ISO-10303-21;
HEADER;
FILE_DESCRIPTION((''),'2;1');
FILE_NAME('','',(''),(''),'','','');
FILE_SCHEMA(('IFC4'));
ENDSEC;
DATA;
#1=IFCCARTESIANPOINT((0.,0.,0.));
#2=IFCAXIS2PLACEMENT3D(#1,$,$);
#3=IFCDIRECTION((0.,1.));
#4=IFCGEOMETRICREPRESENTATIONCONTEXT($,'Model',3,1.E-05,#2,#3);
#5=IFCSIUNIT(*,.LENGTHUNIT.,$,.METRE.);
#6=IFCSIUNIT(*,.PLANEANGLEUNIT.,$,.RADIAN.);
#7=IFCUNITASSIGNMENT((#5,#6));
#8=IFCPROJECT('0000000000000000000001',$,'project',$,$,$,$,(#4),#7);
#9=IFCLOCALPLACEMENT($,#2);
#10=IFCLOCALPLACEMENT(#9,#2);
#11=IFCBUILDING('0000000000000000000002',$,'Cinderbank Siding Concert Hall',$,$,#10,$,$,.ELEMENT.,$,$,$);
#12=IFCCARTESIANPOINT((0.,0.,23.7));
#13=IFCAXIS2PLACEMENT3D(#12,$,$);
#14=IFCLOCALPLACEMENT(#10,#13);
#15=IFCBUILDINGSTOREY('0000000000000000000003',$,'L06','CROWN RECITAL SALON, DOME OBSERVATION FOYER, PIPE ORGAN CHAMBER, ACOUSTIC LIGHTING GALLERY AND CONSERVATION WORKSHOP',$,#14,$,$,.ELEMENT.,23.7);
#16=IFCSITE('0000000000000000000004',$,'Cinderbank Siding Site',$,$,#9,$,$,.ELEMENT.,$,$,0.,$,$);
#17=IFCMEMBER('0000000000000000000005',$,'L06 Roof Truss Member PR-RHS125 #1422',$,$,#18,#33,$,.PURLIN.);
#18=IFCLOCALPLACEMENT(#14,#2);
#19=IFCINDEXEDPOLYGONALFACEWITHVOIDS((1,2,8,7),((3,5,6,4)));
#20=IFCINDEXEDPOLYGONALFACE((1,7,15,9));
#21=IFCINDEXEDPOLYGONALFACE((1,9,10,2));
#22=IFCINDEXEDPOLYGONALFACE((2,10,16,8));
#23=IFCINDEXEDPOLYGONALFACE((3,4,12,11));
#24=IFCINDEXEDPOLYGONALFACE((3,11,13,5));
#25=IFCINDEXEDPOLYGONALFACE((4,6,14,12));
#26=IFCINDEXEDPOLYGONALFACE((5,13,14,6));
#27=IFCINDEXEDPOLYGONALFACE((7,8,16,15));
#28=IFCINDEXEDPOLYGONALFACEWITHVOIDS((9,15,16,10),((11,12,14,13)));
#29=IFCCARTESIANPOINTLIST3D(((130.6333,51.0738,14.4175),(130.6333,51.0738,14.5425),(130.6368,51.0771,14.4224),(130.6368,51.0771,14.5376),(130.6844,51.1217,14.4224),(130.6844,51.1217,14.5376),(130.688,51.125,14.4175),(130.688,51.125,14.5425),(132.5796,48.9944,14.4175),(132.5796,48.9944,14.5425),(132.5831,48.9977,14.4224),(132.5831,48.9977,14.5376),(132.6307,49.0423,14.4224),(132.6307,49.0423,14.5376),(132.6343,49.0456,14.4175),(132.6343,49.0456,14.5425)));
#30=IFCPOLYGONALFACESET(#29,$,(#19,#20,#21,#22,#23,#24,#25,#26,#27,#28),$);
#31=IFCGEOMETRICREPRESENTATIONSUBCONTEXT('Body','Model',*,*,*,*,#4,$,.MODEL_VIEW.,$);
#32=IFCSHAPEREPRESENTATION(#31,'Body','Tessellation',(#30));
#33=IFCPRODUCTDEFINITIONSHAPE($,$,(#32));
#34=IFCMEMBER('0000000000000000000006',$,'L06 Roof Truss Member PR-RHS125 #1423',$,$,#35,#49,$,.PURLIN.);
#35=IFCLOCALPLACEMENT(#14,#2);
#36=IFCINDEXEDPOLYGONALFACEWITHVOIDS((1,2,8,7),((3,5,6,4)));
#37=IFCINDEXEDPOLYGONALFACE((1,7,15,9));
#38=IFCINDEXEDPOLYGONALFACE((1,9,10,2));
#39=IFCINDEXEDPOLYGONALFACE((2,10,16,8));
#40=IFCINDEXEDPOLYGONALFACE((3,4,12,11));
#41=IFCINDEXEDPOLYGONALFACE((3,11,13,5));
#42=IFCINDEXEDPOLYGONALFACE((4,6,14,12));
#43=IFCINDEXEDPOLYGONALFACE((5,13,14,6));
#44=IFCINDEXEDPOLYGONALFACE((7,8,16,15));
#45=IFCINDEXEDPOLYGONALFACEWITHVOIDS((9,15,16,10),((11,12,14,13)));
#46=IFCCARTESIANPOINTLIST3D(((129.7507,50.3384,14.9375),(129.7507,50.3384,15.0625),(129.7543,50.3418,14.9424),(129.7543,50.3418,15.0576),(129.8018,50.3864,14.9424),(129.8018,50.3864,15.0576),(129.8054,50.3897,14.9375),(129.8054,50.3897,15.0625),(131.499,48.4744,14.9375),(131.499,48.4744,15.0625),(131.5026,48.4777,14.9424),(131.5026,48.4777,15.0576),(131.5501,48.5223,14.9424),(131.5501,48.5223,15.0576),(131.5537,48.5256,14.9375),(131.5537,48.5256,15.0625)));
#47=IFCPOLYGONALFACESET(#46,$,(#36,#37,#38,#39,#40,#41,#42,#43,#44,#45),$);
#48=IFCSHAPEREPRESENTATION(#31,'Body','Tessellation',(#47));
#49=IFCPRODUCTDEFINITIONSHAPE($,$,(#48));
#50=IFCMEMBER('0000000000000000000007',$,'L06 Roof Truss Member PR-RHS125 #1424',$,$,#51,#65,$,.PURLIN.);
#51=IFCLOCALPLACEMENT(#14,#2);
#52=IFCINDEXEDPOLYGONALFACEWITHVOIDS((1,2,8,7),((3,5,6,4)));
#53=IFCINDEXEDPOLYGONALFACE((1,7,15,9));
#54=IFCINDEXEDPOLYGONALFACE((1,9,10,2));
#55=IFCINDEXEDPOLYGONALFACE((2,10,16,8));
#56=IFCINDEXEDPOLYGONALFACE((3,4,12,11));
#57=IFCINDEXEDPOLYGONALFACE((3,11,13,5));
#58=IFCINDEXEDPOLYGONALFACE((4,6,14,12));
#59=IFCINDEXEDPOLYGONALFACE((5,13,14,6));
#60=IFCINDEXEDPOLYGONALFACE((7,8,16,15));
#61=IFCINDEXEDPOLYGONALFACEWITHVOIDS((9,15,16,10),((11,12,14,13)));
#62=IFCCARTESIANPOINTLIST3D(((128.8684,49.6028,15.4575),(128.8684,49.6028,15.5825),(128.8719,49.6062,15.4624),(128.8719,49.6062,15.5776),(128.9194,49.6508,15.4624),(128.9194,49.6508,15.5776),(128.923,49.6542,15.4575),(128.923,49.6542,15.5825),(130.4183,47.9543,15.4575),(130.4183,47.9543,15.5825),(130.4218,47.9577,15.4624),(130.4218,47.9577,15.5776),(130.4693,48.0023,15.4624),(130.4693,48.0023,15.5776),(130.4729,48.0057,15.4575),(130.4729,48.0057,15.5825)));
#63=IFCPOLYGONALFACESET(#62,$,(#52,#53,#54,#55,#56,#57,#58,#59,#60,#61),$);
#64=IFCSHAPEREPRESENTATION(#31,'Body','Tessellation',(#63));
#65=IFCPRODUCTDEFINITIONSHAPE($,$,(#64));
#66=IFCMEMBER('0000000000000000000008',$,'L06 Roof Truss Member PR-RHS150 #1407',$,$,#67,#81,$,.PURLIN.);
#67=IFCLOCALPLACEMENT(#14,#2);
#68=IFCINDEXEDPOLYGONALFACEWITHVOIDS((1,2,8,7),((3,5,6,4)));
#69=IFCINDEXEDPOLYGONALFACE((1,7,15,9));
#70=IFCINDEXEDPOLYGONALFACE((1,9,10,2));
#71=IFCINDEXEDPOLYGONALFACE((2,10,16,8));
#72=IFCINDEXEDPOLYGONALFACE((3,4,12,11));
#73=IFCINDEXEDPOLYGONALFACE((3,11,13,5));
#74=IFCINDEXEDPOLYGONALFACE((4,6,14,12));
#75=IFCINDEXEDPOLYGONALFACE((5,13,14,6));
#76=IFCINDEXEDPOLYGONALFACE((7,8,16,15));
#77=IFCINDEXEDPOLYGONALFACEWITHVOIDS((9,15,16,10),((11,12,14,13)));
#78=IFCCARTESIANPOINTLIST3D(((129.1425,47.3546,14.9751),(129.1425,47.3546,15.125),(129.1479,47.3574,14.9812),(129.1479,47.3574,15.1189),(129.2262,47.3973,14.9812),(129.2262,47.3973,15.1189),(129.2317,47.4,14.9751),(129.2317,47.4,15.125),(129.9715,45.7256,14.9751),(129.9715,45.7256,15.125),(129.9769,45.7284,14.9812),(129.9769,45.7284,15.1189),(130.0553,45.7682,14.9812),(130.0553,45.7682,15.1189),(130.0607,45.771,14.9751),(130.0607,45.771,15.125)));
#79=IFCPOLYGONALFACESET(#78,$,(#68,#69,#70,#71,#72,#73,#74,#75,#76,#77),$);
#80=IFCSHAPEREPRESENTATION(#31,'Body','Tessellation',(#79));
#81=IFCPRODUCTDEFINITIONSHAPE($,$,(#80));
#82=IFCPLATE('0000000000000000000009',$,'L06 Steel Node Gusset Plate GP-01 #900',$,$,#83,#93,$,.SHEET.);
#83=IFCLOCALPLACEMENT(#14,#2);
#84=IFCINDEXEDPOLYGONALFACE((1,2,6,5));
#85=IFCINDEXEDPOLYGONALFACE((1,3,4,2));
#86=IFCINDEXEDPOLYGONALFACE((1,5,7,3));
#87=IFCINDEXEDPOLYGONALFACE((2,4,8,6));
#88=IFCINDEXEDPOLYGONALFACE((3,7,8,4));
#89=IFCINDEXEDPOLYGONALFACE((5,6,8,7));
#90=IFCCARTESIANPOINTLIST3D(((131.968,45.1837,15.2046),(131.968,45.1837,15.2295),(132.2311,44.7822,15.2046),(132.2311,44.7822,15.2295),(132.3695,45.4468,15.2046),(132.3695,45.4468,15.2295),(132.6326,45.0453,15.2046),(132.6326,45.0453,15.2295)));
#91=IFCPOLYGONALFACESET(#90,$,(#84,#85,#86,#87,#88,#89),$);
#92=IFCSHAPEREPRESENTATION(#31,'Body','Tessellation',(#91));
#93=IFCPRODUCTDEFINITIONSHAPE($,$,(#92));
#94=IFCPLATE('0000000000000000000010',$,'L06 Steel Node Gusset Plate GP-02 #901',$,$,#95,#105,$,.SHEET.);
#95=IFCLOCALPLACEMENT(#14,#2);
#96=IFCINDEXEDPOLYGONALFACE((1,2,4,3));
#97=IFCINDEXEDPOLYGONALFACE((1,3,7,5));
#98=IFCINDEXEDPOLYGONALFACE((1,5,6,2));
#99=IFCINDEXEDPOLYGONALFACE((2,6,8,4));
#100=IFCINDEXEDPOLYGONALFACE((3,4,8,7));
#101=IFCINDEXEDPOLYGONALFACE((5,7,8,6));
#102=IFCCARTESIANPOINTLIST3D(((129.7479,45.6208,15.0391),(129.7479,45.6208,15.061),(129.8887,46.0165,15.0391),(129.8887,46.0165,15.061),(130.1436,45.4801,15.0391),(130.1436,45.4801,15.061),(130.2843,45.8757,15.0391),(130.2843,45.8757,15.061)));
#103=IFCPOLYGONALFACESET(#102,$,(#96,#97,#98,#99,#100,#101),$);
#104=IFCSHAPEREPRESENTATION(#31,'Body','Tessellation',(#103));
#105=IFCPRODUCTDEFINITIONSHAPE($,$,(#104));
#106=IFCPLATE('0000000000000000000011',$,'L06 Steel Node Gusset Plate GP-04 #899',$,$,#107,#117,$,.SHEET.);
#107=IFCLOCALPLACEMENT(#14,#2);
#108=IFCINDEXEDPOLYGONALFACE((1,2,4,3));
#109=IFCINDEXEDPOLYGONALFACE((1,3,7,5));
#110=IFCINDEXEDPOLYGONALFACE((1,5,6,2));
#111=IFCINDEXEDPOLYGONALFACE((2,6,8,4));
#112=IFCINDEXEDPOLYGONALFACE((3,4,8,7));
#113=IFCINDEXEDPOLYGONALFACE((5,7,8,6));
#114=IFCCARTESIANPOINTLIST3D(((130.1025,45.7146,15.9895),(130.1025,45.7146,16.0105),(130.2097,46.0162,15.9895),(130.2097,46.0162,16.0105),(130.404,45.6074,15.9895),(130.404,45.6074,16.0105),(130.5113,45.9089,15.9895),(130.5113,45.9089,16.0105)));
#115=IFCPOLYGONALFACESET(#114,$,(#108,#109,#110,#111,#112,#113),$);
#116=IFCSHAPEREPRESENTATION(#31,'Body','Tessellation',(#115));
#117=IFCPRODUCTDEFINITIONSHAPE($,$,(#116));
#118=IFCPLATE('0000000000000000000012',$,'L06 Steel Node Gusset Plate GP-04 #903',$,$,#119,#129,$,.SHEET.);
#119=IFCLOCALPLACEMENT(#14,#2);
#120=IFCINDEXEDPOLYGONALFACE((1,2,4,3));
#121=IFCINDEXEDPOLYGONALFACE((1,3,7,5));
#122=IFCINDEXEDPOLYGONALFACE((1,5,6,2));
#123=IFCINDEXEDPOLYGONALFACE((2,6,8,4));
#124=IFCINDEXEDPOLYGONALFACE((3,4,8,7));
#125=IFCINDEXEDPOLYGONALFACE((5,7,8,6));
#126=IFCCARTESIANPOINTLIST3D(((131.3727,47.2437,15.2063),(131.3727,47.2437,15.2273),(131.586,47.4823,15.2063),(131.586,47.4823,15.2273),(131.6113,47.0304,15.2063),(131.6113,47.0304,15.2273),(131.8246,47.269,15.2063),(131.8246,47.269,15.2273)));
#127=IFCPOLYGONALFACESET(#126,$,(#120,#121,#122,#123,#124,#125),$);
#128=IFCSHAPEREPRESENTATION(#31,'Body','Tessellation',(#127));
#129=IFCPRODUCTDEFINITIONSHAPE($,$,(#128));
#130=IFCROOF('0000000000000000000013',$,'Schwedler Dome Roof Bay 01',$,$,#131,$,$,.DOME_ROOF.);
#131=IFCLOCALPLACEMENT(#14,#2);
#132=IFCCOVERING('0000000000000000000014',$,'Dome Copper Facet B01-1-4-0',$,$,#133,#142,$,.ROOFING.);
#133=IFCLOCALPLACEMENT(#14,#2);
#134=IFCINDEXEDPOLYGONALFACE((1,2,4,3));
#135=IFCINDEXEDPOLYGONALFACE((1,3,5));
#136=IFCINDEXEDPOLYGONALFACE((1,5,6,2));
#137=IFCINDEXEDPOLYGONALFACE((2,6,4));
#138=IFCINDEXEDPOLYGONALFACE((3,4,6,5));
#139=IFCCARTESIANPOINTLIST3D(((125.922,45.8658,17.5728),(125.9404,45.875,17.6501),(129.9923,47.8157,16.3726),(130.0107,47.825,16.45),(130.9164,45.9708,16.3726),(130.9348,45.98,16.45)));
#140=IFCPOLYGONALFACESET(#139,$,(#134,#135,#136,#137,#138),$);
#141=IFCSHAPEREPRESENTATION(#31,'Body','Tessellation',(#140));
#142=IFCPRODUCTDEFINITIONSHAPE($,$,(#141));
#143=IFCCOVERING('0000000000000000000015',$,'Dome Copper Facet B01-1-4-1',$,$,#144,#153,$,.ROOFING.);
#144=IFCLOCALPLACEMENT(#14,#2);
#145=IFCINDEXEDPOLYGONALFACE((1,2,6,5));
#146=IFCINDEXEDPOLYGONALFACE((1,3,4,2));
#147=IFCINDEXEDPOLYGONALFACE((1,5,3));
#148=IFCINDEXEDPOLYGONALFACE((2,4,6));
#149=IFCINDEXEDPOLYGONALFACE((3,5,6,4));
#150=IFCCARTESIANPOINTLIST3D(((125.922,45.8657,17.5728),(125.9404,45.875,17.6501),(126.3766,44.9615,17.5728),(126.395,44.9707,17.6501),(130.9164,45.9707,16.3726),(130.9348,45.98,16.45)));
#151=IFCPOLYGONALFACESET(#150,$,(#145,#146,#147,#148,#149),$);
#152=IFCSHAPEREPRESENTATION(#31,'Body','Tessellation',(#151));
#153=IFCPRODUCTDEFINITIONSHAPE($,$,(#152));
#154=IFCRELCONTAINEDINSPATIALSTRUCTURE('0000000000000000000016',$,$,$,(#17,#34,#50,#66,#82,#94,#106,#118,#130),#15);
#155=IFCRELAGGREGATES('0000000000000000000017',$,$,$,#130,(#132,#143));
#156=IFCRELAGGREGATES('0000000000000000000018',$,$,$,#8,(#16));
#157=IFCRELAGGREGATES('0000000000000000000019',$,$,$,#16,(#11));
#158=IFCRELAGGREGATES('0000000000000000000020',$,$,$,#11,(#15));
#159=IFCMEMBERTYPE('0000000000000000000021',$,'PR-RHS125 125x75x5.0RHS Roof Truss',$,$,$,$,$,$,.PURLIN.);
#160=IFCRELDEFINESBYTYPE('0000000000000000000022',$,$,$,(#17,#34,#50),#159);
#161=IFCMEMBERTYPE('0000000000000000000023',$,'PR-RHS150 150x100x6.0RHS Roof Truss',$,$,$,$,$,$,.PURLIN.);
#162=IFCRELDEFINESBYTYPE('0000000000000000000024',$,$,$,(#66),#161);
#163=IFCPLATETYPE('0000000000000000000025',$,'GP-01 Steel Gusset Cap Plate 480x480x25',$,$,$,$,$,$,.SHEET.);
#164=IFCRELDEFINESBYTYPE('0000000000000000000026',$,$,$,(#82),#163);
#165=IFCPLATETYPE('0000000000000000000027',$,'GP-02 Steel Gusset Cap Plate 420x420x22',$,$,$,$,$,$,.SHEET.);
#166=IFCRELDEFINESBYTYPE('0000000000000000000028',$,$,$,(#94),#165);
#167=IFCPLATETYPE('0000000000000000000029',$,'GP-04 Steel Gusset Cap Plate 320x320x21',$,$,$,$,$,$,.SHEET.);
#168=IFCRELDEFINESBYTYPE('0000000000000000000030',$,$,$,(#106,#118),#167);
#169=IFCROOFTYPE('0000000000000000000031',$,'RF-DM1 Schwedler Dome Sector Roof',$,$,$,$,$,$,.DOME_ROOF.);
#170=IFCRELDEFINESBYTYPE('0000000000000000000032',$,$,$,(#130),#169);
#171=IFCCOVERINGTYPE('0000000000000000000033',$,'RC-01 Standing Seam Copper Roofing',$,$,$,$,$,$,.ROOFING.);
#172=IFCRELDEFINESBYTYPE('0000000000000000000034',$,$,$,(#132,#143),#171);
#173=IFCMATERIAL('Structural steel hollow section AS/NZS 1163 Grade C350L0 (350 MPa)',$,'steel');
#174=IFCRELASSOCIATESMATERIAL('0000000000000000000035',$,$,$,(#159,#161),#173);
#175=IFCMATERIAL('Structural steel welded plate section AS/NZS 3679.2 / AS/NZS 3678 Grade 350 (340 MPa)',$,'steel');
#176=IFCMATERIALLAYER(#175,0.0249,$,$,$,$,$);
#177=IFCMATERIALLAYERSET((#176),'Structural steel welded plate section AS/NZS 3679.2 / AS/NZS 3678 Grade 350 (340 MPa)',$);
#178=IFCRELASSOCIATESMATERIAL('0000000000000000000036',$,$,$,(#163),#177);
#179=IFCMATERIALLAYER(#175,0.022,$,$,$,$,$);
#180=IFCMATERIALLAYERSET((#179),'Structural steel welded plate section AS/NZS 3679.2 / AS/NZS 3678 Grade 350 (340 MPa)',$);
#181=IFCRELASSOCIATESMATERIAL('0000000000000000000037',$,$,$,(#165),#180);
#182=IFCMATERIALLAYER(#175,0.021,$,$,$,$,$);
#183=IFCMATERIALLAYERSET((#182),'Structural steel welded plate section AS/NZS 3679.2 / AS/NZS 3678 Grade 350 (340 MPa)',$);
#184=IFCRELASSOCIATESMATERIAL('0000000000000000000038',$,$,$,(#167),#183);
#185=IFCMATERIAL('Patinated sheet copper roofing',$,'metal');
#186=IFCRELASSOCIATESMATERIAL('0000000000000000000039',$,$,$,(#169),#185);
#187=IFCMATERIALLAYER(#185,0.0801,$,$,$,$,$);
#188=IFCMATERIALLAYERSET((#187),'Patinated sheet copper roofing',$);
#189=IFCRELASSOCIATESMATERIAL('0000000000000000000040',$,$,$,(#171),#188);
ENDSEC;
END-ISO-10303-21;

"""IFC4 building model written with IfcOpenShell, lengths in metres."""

from ifc_helpers import new_model, si_unit, direction, frame, origin, origin_2d, place, context, subcontext, project, spatial, polyline, rectangle, hollow_rectangle, outline, extrude, material, layer, layer_set, material_profile, profile_set, type_object, element, aggregate, save


model = new_model("IFC4")

# Units and contexts
model_context = context("Model", 3, precision=1e-05, world=origin(), true_north=direction((0.0, 1.0)))
body_context = subcontext(model_context, "Body", "Model", "MODEL_VIEW")
ifc_project = project(units=[si_unit("LENGTHUNIT", "METRE"), si_unit("PLANEANGLEUNIT", "RADIAN")], contexts=[model_context])

# Site, building, storey
site_placement = place(None, origin())
site = spatial("IfcSite", under=ifc_project, at=site_placement, Name="Cinderbank Siding Site", CompositionType="ELEMENT", RefElevation=0.0)
building_placement = place(site_placement, origin())
building = spatial("IfcBuilding", under=site, at=building_placement, Name="Cinderbank Siding Concert Hall", CompositionType="ELEMENT")
storey_placement = place(building_placement, frame((0.0, 0.0, 23.7)))
storey = spatial("IfcBuildingStorey", under=building, at=storey_placement, Name="L06", Description="CROWN RECITAL SALON, DOME OBSERVATION FOYER, PIPE ORGAN CHAMBER, ACOUSTIC LIGHTING GALLERY AND CONSERVATION WORKSHOP", CompositionType="ELEMENT", Elevation=23.7)

# Members
ifc_material_1 = material(Name="Structural steel hollow section AS/NZS 1163 Grade C350L0 (350 MPa)", Category="steel")
ifc_material_profile_1 = material_profile(ifc_material_1, hollow_rectangle(XDim=0.075, YDim=0.125, WallThickness=0.0049, at=origin_2d()), Name="125x75x5.0RHS", Category="LoadBearing")
ifc_profile_set_1 = profile_set([ifc_material_profile_1], Name="Structural steel hollow section AS/NZS 1163 Grade C350L0 (350 MPa)")
member_type_1 = type_object("IfcMemberType", Name="PR-RHS125 125x75x5.0RHS Roof Truss", PredefinedType="PURLIN", material=ifc_profile_set_1)
member_1_placement = place(storey_placement, frame((132.6069, 49.02, 14.48), z_axis=(-0.683362, 0.73008, 0.0), x_axis=(-0.73008, -0.683362, 0.0)))
element("IfcMember", 1, at=member_1_placement, inside=storey, type_object=member_type_1, Name="L06 Roof Truss Member PR-RHS125 #1422", PredefinedType="PURLIN", context=body_context, shape_type="SweptSolid", body=[
    extrude(hollow_rectangle(XDim=0.075, YDim=0.125, WallThickness=0.0049, at=origin_2d()), origin(), (0.0, 0.0, 1.0), 2.8481),
])
member_2_placement = place(storey_placement, frame((131.5264, 48.5, 15.0), z_axis=(-0.684103, 0.729385, 0.0), x_axis=(-0.729385, -0.684103, 0.0)))
element("IfcMember", 2, at=member_2_placement, inside=storey, type_object=member_type_1, Name="L06 Roof Truss Member PR-RHS125 #1423", PredefinedType="PURLIN", context=body_context, shape_type="SweptSolid", body=[
    extrude(hollow_rectangle(XDim=0.075, YDim=0.125, WallThickness=0.0049, at=origin_2d()), origin(), (0.0, 0.0, 1.0), 2.5557),
])
member_3_placement = place(storey_placement, frame((130.4456, 47.98, 15.52), z_axis=(-0.684974, 0.728567, 0.0), x_axis=(-0.728567, -0.684974, 0.0)))
element("IfcMember", 3, at=member_3_placement, inside=storey, type_object=member_type_1, Name="L06 Roof Truss Member PR-RHS125 #1424", PredefinedType="PURLIN", context=body_context, shape_type="SweptSolid", body=[
    extrude(hollow_rectangle(XDim=0.075, YDim=0.125, WallThickness=0.0049, at=origin_2d()), origin(), (0.0, 0.0, 1.0), 2.2627),
])
ifc_material_profile_2 = material_profile(ifc_material_1, hollow_rectangle(XDim=0.1001, YDim=0.1499, WallThickness=0.0061, at=origin_2d()), Name="150x100x6.0RHS", Category="LoadBearing")
ifc_profile_set_2 = profile_set([ifc_material_profile_2], Name="Structural steel hollow section AS/NZS 1163 Grade C350L0 (350 MPa)")
member_type_2 = type_object("IfcMemberType", Name="PR-RHS150 150x100x6.0RHS Roof Truss", PredefinedType="PURLIN", material=ifc_profile_set_2)
member_4_placement = place(storey_placement, frame((130.0161, 45.7483, 15.05), z_axis=(-0.45356, 0.891226, 0.0), x_axis=(-0.891226, -0.45356, 0.0)))
element("IfcMember", 4, at=member_4_placement, inside=storey, type_object=member_type_2, Name="L06 Roof Truss Member PR-RHS150 #1407", PredefinedType="PURLIN", context=body_context, shape_type="SweptSolid", body=[
    extrude(hollow_rectangle(XDim=0.1001, YDim=0.1499, WallThickness=0.0061, at=origin_2d()), origin(), (0.0, 0.0, 1.0), 1.8279),
])

# Plates
ifc_material_2 = material(Name="Structural steel welded plate section AS/NZS 3679.2 / AS/NZS 3678 Grade 350 (340 MPa)", Category="steel")
ifc_layer_1 = layer(ifc_material_2, 0.0249)
ifc_layer_set_1 = layer_set([ifc_layer_1], Name="Structural steel welded plate section AS/NZS 3679.2 / AS/NZS 3678 Grade 350 (340 MPa)")
plate_type_1 = type_object("IfcPlateType", Name="GP-01 Steel Gusset Cap Plate 480x480x25", PredefinedType="SHEET", material=ifc_layer_set_1)
plate_1_placement = place(storey_placement, frame((132.3003, 45.1145, 15.2046), z_axis=(0.0, 0.0, 1.0), x_axis=(-0.836382, -0.548147, 0.0)))
element("IfcPlate", 5, at=plate_1_placement, inside=storey, type_object=plate_type_1, Name="L06 Steel Node Gusset Plate GP-01 #900", PredefinedType="SHEET", context=body_context, shape_type="SweptSolid", body=[
    extrude(rectangle(XDim=0.48, YDim=0.48, at=origin_2d()), origin(), (0.0, 0.0, 1.0), 0.0249),
])
ifc_layer_2 = layer(ifc_material_2, 0.022)
ifc_layer_set_2 = layer_set([ifc_layer_2], Name="Structural steel welded plate section AS/NZS 3679.2 / AS/NZS 3678 Grade 350 (340 MPa)")
plate_type_2 = type_object("IfcPlateType", Name="GP-02 Steel Gusset Cap Plate 420x420x22", PredefinedType="SHEET", material=ifc_layer_set_2)
plate_2_placement = place(storey_placement, frame((130.0161, 45.7483, 15.0391), z_axis=(0.0, 0.0, 1.0), x_axis=(-0.942174, 0.335123, 0.0)))
element("IfcPlate", 6, at=plate_2_placement, inside=storey, type_object=plate_type_2, Name="L06 Steel Node Gusset Plate GP-02 #901", PredefinedType="SHEET", context=body_context, shape_type="SweptSolid", body=[
    extrude(rectangle(XDim=0.4199, YDim=0.4199, at=origin_2d()), origin(), (0.0, 0.0, 1.0), 0.022),
])
ifc_layer_3 = layer(ifc_material_2, 0.021)
ifc_layer_set_3 = layer_set([ifc_layer_3], Name="Structural steel welded plate section AS/NZS 3679.2 / AS/NZS 3678 Grade 350 (340 MPa)")
plate_type_3 = type_object("IfcPlateType", Name="GP-04 Steel Gusset Cap Plate 320x320x21", PredefinedType="SHEET", material=ifc_layer_set_3)
for number, where, z_axis, x_axis, name in (
    (7, (130.3069, 45.8118, 15.9895), (0.0, 0.0, 1.0), (-0.942174, 0.335123, 0.0), "L06 Steel Node Gusset Plate GP-04 #899"),
    (8, (131.5986, 47.2563, 15.2063), (0.0, 0.0, 1.0), (-0.666532, -0.745476, 0.0), "L06 Steel Node Gusset Plate GP-04 #903"),
):
    element("IfcPlate", number, at=place(storey_placement, frame(where, z_axis=z_axis, x_axis=x_axis)), inside=storey, type_object=plate_type_3, Name=name, PredefinedType="SHEET", context=body_context, shape_type="SweptSolid", body=[
        extrude(rectangle(XDim=0.3201, YDim=0.3201, at=origin_2d()), origin(), (0.0, 0.0, 1.0), 0.021),
    ])

# Roof, coverings
ifc_material_3 = material(Name="Patinated sheet copper roofing", Category="metal")
roof_type = type_object("IfcRoofType", Name="RF-DM1 Schwedler Dome Sector Roof", PredefinedType="DOME_ROOF", material=ifc_material_3)
roof_placement = place(storey_placement, origin())
roof = element("IfcRoof", 9, at=roof_placement, inside=storey, type_object=roof_type, Name="Schwedler Dome Roof Bay 01", PredefinedType="DOME_ROOF")
ifc_layer_4 = layer(ifc_material_3, 0.0801)
ifc_layer_set_4 = layer_set([ifc_layer_4], Name="Patinated sheet copper roofing")
covering_type = type_object("IfcCoveringType", Name="RC-01 Standing Seam Copper Roofing", PredefinedType="ROOFING", material=ifc_layer_set_4)
covering_1_placement = place(storey_placement, frame((130.9348, 45.98, 16.45), z_axis=(0.229816, 0.115106, 0.966403), x_axis=(-0.447829, 0.894119, 0.0)))
covering_1 = element("IfcCovering", 10, at=covering_1_placement, type_object=covering_type, Name="Dome Copper Facet B01-1-4-0", PredefinedType="ROOFING", context=body_context, shape_type="SweptSolid", body=[
    extrude(outline(polyline([(0.0, 0.0), (2.0635, 0.0), (2.1428, 4.6695), (0.0, 0.0)])), origin(), (0.0, 0.0, -1.0), 0.0801),
])
covering_2_placement = place(storey_placement, frame((130.9348, 45.98, 16.45), z_axis=(0.229796, 0.115519, 0.966359), x_axis=(-0.972116, -0.020434, 0.233608)))
covering_2 = element("IfcCovering", 11, at=covering_2_placement, type_object=covering_type, Name="Dome Copper Facet B01-1-4-1", PredefinedType="ROOFING", context=body_context, shape_type="SweptSolid", body=[
    extrude(outline(polyline([(0.0, 0.0), (5.1376, 0.0), (4.7142, 0.9193), (0.0, 0.0)])), origin(), (0.0, 0.0, -1.0), 0.0801),
])
aggregate(roof, [covering_1, covering_2])

save(model, "model.ifc")
